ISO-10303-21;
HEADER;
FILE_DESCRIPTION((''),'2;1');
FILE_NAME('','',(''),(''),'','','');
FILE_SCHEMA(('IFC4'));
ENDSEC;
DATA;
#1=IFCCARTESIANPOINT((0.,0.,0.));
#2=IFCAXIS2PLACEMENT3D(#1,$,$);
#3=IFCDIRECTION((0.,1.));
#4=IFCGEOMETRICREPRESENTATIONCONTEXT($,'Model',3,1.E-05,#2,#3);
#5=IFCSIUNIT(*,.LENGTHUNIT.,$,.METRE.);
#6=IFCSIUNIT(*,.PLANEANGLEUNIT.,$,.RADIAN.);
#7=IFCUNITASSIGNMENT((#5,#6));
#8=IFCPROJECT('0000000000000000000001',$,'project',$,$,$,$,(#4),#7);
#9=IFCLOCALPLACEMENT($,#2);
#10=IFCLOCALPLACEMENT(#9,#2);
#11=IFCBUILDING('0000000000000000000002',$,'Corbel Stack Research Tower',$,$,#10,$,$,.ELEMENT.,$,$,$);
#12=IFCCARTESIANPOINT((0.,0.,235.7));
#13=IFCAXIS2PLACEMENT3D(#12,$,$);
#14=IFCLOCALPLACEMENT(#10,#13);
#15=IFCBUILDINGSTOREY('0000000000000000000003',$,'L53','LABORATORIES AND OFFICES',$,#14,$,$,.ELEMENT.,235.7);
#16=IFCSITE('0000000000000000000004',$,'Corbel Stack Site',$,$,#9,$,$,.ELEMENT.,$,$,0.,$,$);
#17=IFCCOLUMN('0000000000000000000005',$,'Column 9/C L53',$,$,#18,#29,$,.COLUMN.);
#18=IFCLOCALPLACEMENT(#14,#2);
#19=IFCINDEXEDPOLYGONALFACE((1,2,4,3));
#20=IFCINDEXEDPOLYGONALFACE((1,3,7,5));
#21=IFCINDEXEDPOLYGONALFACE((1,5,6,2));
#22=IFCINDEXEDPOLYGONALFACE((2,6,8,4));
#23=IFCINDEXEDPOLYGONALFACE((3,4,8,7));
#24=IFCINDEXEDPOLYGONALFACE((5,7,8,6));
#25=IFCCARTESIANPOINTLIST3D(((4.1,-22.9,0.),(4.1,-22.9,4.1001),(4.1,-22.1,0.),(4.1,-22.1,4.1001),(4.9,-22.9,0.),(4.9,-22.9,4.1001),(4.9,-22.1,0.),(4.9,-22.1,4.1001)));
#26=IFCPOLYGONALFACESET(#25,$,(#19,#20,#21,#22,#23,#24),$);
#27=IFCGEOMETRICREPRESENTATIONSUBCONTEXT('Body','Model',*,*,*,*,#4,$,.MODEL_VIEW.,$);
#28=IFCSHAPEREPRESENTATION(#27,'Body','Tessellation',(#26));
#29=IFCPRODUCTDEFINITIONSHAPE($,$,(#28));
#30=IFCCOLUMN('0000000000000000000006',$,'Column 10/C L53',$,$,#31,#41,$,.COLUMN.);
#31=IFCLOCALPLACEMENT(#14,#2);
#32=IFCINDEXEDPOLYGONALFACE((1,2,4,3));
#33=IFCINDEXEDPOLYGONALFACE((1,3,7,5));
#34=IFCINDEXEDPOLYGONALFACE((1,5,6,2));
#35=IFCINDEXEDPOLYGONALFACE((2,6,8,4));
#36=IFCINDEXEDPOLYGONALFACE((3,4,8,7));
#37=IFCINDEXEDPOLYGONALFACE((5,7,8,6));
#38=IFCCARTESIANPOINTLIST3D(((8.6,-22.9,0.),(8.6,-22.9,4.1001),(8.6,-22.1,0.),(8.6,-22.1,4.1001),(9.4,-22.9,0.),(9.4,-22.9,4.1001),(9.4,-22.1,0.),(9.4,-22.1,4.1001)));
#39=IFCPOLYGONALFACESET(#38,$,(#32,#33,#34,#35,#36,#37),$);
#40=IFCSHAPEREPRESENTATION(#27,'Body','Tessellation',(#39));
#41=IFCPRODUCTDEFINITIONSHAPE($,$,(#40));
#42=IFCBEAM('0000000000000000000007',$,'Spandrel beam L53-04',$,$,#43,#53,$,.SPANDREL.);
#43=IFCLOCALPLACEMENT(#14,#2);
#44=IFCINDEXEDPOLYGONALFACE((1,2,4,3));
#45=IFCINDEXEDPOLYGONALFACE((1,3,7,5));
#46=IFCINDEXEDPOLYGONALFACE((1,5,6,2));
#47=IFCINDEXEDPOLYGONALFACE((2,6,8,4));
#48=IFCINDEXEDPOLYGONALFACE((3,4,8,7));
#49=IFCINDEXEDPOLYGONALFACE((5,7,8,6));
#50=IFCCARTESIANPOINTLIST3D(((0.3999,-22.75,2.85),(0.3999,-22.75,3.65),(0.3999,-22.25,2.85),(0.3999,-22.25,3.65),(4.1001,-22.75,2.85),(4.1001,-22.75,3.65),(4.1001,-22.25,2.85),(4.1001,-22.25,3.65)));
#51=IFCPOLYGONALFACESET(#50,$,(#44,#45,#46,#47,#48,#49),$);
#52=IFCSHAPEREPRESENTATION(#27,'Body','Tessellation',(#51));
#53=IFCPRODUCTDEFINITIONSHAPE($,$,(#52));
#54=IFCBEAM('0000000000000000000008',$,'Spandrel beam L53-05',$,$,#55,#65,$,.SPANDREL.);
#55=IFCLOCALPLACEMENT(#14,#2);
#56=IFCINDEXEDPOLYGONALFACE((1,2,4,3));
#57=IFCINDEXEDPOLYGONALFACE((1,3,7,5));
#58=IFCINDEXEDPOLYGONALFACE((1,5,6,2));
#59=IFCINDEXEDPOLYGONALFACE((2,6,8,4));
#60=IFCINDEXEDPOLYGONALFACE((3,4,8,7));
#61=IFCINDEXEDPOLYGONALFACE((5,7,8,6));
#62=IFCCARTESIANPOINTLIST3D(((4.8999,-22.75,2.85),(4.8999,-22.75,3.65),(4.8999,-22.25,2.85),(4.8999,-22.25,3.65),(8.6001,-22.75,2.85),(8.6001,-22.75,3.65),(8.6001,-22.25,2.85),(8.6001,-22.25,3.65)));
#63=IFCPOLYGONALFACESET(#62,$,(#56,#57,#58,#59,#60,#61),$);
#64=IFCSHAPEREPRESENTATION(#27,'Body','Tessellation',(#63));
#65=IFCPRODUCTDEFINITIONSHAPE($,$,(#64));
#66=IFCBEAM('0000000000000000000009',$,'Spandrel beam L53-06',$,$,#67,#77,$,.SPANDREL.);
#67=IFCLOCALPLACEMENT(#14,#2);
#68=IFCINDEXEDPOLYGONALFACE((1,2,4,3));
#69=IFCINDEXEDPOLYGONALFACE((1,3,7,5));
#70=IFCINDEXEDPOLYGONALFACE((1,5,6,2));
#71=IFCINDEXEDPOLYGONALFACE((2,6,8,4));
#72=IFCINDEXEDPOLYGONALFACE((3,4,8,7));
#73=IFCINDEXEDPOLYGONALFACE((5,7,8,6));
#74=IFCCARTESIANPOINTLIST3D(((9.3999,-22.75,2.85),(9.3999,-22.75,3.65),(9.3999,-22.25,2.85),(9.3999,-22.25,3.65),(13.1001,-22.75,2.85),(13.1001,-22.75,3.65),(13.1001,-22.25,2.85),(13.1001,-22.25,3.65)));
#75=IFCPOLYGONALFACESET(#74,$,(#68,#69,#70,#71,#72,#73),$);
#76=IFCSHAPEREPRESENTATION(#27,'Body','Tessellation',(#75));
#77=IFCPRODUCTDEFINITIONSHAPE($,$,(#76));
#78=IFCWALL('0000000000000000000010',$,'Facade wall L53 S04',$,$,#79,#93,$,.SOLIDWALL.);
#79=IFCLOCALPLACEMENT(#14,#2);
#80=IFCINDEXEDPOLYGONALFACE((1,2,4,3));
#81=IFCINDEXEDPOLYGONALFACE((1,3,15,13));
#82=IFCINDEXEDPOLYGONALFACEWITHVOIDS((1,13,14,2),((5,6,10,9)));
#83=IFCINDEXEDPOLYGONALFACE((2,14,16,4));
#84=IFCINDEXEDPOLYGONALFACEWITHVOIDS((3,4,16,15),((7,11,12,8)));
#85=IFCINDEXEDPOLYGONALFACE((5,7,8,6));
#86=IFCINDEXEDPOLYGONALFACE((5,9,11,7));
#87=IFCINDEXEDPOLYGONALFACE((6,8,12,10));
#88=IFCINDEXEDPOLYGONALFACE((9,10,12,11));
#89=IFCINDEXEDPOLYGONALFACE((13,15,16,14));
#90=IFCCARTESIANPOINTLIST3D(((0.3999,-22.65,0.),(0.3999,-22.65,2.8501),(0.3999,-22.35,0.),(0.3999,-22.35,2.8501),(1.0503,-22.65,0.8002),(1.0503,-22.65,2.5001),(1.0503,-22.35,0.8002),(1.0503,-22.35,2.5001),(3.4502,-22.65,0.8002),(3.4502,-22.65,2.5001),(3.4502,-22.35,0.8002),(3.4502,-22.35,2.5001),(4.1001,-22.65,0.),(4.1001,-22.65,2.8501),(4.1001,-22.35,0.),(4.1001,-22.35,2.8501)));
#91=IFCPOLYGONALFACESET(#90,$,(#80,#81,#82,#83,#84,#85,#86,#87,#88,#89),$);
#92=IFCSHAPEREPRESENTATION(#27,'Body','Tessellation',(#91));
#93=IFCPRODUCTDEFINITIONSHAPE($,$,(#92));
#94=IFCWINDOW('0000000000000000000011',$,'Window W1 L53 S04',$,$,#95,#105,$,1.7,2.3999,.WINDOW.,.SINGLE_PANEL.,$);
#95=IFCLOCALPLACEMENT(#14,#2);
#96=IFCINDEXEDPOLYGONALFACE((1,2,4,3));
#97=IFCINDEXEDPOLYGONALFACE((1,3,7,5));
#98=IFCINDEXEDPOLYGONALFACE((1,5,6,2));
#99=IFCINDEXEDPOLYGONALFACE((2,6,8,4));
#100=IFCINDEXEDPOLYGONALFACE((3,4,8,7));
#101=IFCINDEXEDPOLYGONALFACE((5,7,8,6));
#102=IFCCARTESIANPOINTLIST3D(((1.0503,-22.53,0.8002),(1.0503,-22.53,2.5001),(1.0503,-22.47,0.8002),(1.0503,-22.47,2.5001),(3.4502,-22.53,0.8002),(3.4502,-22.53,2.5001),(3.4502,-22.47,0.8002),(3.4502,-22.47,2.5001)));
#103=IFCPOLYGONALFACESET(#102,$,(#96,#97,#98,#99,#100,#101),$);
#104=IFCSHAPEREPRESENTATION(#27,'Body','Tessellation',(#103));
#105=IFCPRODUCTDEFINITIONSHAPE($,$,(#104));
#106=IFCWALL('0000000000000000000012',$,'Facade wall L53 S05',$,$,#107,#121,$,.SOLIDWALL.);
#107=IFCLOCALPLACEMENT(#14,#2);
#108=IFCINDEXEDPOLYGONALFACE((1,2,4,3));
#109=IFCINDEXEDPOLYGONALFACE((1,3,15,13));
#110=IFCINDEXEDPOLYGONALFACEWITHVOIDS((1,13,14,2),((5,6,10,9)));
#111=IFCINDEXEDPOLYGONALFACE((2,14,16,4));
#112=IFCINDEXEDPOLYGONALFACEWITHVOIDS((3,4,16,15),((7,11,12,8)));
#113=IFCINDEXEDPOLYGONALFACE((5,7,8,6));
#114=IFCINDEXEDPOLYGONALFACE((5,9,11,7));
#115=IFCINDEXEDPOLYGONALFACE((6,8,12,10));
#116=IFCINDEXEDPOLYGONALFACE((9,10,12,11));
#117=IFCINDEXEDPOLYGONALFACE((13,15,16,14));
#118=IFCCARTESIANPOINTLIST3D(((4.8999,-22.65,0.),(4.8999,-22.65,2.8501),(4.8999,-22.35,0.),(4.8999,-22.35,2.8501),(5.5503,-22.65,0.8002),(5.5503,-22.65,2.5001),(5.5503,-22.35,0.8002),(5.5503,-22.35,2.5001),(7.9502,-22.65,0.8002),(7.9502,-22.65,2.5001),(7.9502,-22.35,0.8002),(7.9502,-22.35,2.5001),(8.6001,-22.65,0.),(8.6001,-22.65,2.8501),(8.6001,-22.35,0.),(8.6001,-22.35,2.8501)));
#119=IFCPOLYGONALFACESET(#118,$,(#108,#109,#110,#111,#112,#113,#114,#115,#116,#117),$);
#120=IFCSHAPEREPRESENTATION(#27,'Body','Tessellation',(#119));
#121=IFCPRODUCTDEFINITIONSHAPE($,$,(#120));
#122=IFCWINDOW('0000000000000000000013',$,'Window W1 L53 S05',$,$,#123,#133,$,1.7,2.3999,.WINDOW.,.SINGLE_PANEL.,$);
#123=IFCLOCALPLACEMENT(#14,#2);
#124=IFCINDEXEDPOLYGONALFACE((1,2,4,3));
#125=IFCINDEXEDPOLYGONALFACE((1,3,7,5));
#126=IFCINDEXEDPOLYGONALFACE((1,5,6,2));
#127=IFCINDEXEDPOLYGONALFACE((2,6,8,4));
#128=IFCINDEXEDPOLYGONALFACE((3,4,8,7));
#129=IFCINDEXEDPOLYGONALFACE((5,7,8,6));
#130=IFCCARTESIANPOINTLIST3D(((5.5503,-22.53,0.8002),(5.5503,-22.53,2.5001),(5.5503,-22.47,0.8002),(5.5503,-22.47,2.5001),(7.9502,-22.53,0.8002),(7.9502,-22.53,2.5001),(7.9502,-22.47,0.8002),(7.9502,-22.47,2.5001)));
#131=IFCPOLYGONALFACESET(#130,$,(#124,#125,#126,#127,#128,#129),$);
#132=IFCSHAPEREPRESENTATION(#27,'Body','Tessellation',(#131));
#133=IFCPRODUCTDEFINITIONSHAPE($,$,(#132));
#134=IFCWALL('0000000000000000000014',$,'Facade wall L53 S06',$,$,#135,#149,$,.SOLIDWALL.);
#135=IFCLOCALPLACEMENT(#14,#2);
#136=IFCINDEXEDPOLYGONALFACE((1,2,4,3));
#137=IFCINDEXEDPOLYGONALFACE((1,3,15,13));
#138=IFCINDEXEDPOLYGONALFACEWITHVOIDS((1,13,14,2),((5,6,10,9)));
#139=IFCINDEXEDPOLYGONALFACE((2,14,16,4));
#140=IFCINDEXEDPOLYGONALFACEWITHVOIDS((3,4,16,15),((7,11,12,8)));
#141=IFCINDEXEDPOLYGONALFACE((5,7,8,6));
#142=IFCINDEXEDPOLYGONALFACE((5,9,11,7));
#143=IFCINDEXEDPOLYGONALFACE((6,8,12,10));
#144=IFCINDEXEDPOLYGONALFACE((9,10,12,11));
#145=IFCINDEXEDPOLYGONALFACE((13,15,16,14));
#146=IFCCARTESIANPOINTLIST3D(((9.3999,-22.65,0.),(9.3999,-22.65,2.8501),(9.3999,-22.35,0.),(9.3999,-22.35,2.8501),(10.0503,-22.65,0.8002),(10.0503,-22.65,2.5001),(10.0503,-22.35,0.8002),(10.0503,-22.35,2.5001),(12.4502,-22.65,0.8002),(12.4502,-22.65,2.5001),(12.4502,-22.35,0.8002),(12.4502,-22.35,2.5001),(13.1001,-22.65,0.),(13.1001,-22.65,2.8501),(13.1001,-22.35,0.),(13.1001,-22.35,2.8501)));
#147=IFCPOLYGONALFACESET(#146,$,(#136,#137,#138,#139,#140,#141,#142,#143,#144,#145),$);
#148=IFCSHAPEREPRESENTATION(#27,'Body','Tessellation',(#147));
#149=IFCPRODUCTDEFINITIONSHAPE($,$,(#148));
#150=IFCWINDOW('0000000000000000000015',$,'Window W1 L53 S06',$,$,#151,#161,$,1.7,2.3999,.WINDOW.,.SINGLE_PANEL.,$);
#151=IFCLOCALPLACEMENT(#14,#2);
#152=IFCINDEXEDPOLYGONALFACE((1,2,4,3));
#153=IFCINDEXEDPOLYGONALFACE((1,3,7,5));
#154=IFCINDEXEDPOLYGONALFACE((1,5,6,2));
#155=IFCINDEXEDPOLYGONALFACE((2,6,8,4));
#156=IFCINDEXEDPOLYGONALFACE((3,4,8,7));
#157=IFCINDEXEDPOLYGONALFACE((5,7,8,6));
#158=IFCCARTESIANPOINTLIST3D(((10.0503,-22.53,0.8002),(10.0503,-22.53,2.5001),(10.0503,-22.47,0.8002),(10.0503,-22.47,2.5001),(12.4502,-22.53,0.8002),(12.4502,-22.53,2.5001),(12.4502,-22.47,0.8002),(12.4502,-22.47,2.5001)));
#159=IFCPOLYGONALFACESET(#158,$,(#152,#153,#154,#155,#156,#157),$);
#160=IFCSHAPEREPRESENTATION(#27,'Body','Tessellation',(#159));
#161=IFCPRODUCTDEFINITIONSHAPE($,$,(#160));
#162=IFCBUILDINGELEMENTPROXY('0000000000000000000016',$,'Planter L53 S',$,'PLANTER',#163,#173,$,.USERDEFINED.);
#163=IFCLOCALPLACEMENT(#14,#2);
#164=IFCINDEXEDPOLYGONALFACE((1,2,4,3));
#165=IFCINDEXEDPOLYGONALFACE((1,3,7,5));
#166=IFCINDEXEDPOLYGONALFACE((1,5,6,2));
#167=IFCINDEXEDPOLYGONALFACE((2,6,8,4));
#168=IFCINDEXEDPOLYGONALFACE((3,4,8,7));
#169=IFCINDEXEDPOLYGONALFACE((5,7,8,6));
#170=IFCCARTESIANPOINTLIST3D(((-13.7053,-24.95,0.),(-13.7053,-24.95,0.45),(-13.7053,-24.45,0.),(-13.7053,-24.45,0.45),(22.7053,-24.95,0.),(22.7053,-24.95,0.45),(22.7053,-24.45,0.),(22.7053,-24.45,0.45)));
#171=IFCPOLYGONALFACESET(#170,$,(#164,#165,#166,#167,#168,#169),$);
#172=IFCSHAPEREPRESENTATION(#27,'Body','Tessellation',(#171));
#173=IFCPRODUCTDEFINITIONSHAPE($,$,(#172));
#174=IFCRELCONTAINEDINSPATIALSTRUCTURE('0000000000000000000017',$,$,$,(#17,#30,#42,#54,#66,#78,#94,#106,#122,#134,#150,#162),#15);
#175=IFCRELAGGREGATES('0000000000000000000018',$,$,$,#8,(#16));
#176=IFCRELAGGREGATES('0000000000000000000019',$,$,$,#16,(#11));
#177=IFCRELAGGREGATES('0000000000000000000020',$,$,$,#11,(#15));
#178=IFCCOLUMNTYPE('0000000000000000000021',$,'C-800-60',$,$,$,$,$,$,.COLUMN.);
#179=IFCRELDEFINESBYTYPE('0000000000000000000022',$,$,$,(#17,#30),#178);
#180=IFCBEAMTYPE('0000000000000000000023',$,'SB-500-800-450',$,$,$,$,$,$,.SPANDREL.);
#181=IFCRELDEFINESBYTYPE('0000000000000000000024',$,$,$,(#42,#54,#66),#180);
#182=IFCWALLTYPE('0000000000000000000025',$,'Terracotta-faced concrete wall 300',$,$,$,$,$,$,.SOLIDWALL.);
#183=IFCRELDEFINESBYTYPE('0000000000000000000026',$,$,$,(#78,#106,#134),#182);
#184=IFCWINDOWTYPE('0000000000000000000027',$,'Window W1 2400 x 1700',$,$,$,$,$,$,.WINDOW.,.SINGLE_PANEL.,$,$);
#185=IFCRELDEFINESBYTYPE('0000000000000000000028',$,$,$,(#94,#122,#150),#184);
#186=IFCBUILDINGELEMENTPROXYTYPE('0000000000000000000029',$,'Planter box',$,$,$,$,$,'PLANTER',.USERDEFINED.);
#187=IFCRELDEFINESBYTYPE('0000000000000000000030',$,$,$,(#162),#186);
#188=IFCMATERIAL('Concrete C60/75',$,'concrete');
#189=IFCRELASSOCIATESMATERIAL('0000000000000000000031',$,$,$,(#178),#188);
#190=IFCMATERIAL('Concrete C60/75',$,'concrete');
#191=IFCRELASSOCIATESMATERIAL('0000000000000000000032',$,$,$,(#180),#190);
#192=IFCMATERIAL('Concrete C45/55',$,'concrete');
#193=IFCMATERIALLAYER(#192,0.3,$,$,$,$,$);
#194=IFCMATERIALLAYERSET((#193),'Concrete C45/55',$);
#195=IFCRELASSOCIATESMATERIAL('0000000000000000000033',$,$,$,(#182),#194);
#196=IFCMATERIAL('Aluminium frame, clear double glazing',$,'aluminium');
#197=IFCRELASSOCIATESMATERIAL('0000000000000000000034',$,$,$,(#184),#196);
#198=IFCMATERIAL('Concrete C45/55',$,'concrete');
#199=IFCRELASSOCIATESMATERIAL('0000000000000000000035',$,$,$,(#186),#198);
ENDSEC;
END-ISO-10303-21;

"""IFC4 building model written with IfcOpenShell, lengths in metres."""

from ifc_helpers import new_model, si_unit, direction, frame, frame_2d, origin, origin_2d, place, context, subcontext, project, spatial, rectangle, extrude, material, layer, layer_set, material_profile, profile_set, type_object, element, fill, save


model = new_model("IFC4")

# Units and contexts
model_context = context("Model", 3, precision=1e-05, world=origin(), true_north=direction((0.0, 1.0)))
body_context = subcontext(model_context, "Body", "Model", "MODEL_VIEW")
ifc_project = project(units=[si_unit("LENGTHUNIT", "METRE"), si_unit("PLANEANGLEUNIT", "RADIAN")], contexts=[model_context])

# Site, building, storey
site_placement = place(None, origin())
site = spatial("IfcSite", under=ifc_project, at=site_placement, Name="Corbel Stack Site", CompositionType="ELEMENT", RefElevation=0.0)
building_placement = place(site_placement, origin())
building = spatial("IfcBuilding", under=site, at=building_placement, Name="Corbel Stack Research Tower", CompositionType="ELEMENT")
storey_placement = place(building_placement, frame((0.0, 0.0, 235.7)))
storey = spatial("IfcBuildingStorey", under=building, at=storey_placement, Name="L53", Description="LABORATORIES AND OFFICES", CompositionType="ELEMENT", Elevation=235.7)

# Columns
ifc_material_1 = material(Name="Concrete C60/75", Category="concrete")
ifc_material_profile_1 = material_profile(ifc_material_1, rectangle(XDim=0.8, YDim=0.8, at=origin_2d()), Name="RC 800 x 800")
ifc_profile_set_1 = profile_set([ifc_material_profile_1], Name="Concrete C60/75")
column_type = type_object("IfcColumnType", Name="C-800-60", PredefinedType="COLUMN", material=ifc_profile_set_1)
for number, where, z_axis, x_axis, name in (
    (1, (4.5, -22.5, 0.0), (0.0, 0.0, 1.0), (1.0, 0.0, 0.0), "Column 9/C L53"),
    (2, (9.0, -22.5, 0.0), (0.0, 0.0, 1.0), (1.0, 0.0, 0.0), "Column 10/C L53"),
):
    element("IfcColumn", number, at=place(storey_placement, frame(where, z_axis=z_axis, x_axis=x_axis)), inside=storey, type_object=column_type, Name=name, PredefinedType="COLUMN", context=body_context, shape_type="SweptSolid", body=[
        extrude(rectangle(XDim=0.8, YDim=0.8, at=origin_2d()), origin(), (0.0, 0.0, 1.0), 4.1001),
    ])

# Beams
ifc_material_2 = material(Name="Concrete C60/75", Category="concrete")
ifc_material_profile_2 = material_profile(ifc_material_2, rectangle(XDim=0.5, YDim=0.8, at=origin_2d()), Name="RC 500 x 800")
ifc_profile_set_2 = profile_set([ifc_material_profile_2], Name="Concrete C60/75")
beam_type = type_object("IfcBeamType", Name="SB-500-800-450", PredefinedType="SPANDREL", material=ifc_profile_set_2)
for number, where, z_axis, x_axis, name in (
    (3, (0.3999, -22.5, 3.25), (1.0, 0.0, 0.0), (0.0, 1.0, 0.0), "Spandrel beam L53-04"),
    (4, (4.8999, -22.5, 3.25), (1.0, 0.0, 0.0), (0.0, 1.0, 0.0), "Spandrel beam L53-05"),
    (5, (9.3999, -22.5, 3.25), (1.0, 0.0, 0.0), (0.0, 1.0, 0.0), "Spandrel beam L53-06"),
):
    element("IfcBeam", number, at=place(storey_placement, frame(where, z_axis=z_axis, x_axis=x_axis)), inside=storey, type_object=beam_type, Name=name, PredefinedType="SPANDREL", context=body_context, shape_type="SweptSolid", body=[
        extrude(rectangle(XDim=0.5, YDim=0.8, at=origin_2d()), origin(), (0.0, 0.0, 1.0), 3.7002),
    ])

# Walls, openings, windows
ifc_material_3 = material(Name="Concrete C45/55", Category="concrete")
ifc_layer = layer(ifc_material_3, 0.3)
ifc_layer_set = layer_set([ifc_layer], Name="Concrete C45/55")
wall_type = type_object("IfcWallType", Name="Terracotta-faced concrete wall 300", PredefinedType="SOLIDWALL", material=ifc_layer_set)
wall_1_placement = place(storey_placement, frame((4.1001, -22.5, 0.0), z_axis=(0.0, 0.0, 1.0), x_axis=(-1.0, 0.0, 0.0)))
wall_1 = element("IfcWall", 6, at=wall_1_placement, inside=storey, type_object=wall_type, Name="Facade wall L53 S04", PredefinedType="SOLIDWALL", context=body_context, shape_type="SweptSolid", body=[
    extrude(rectangle(XDim=3.7002, YDim=0.3, at=frame_2d((1.8501, 0.0))), origin(), (0.0, 0.0, 1.0), 2.8501),
])
opening_1_placement = place(wall_1_placement, frame((0.6499, 0.0, 0.8)))
opening_1 = element("IfcOpeningElement", 7, at=opening_1_placement, cuts=wall_1, PredefinedType="OPENING", context=body_context, shape_type="SweptSolid", body=[
    extrude(rectangle(XDim=2.3999, YDim=1.7, at=frame_2d((1.2, 0.8501))), frame((0.0, 0.1599, 0.0), z_axis=(0.0, -1.0, 0.0), x_axis=(1.0, 0.0, 0.0)), (0.0, 0.0, 1.0), 0.3201),
])
ifc_material_4 = material(Name="Aluminium frame, clear double glazing", Category="aluminium")
window_type = type_object("IfcWindowType", Name="Window W1 2400 x 1700", PartitioningType="SINGLE_PANEL", PredefinedType="WINDOW", material=ifc_material_4)
window_1_placement = place(opening_1_placement, origin())
window_1 = element("IfcWindow", 8, at=window_1_placement, inside=storey, type_object=window_type, Name="Window W1 L53 S04", OverallHeight=1.7, OverallWidth=2.3999, PartitioningType="SINGLE_PANEL", PredefinedType="WINDOW", context=body_context, shape_type="SweptSolid", body=[
    extrude(rectangle(XDim=2.3999, YDim=1.7, at=frame_2d((1.2, 0.8501))), frame((0.0, 0.03, 0.0), z_axis=(0.0, -1.0, 0.0), x_axis=(1.0, 0.0, 0.0)), (0.0, 0.0, 1.0), 0.0601),
])
fill(opening_1, window_1)
wall_2_placement = place(storey_placement, frame((8.6001, -22.5, 0.0), z_axis=(0.0, 0.0, 1.0), x_axis=(-1.0, 0.0, 0.0)))
wall_2 = element("IfcWall", 9, at=wall_2_placement, inside=storey, type_object=wall_type, Name="Facade wall L53 S05", PredefinedType="SOLIDWALL", context=body_context, shape_type="SweptSolid", body=[
    extrude(rectangle(XDim=3.7002, YDim=0.3, at=frame_2d((1.8501, 0.0))), origin(), (0.0, 0.0, 1.0), 2.8501),
])
opening_2_placement = place(wall_2_placement, frame((0.6499, 0.0, 0.8)))
opening_2 = element("IfcOpeningElement", 10, at=opening_2_placement, cuts=wall_2, PredefinedType="OPENING", context=body_context, shape_type="SweptSolid", body=[
    extrude(rectangle(XDim=2.3999, YDim=1.7, at=frame_2d((1.2, 0.8501))), frame((0.0, 0.1599, 0.0), z_axis=(0.0, -1.0, 0.0), x_axis=(1.0, 0.0, 0.0)), (0.0, 0.0, 1.0), 0.3201),
])
window_2_placement = place(opening_2_placement, origin())
window_2 = element("IfcWindow", 11, at=window_2_placement, inside=storey, type_object=window_type, Name="Window W1 L53 S05", OverallHeight=1.7, OverallWidth=2.3999, PartitioningType="SINGLE_PANEL", PredefinedType="WINDOW", context=body_context, shape_type="SweptSolid", body=[
    extrude(rectangle(XDim=2.3999, YDim=1.7, at=frame_2d((1.2, 0.8501))), frame((0.0, 0.03, 0.0), z_axis=(0.0, -1.0, 0.0), x_axis=(1.0, 0.0, 0.0)), (0.0, 0.0, 1.0), 0.0601),
])
fill(opening_2, window_2)
wall_3_placement = place(storey_placement, frame((13.1001, -22.5, 0.0), z_axis=(0.0, 0.0, 1.0), x_axis=(-1.0, 0.0, 0.0)))
wall_3 = element("IfcWall", 12, at=wall_3_placement, inside=storey, type_object=wall_type, Name="Facade wall L53 S06", PredefinedType="SOLIDWALL", context=body_context, shape_type="SweptSolid", body=[
    extrude(rectangle(XDim=3.7002, YDim=0.3, at=frame_2d((1.8501, 0.0))), origin(), (0.0, 0.0, 1.0), 2.8501),
])
opening_3_placement = place(wall_3_placement, frame((0.6499, 0.0, 0.8)))
opening_3 = element("IfcOpeningElement", 13, at=opening_3_placement, cuts=wall_3, PredefinedType="OPENING", context=body_context, shape_type="SweptSolid", body=[
    extrude(rectangle(XDim=2.3999, YDim=1.7, at=frame_2d((1.2, 0.8501))), frame((0.0, 0.1599, 0.0), z_axis=(0.0, -1.0, 0.0), x_axis=(1.0, 0.0, 0.0)), (0.0, 0.0, 1.0), 0.3201),
])
window_3_placement = place(opening_3_placement, origin())
window_3 = element("IfcWindow", 14, at=window_3_placement, inside=storey, type_object=window_type, Name="Window W1 L53 S06", OverallHeight=1.7, OverallWidth=2.3999, PartitioningType="SINGLE_PANEL", PredefinedType="WINDOW", context=body_context, shape_type="SweptSolid", body=[
    extrude(rectangle(XDim=2.3999, YDim=1.7, at=frame_2d((1.2, 0.8501))), frame((0.0, 0.03, 0.0), z_axis=(0.0, -1.0, 0.0), x_axis=(1.0, 0.0, 0.0)), (0.0, 0.0, 1.0), 0.0601),
])
fill(opening_3, window_3)

# Building element proxy
ifc_material_5 = material(Name="Concrete C45/55", Category="concrete")
building_element_proxy_type = type_object("IfcBuildingElementProxyType", Name="Planter box", ElementType="PLANTER", PredefinedType="USERDEFINED", material=ifc_material_5)
proxy_placement = place(storey_placement, frame((4.5, -24.7, 0.0), z_axis=(0.0, 0.0, 1.0), x_axis=(1.0, 0.0, 0.0)))
element("IfcBuildingElementProxy", 15, at=proxy_placement, inside=storey, type_object=building_element_proxy_type, Name="Planter L53 S", ObjectType="PLANTER", PredefinedType="USERDEFINED", context=body_context, shape_type="SweptSolid", body=[
    extrude(rectangle(XDim=36.4106, YDim=0.5, at=origin_2d()), origin(), (0.0, 0.0, 1.0), 0.45),
])

save(model, "model.ifc")
